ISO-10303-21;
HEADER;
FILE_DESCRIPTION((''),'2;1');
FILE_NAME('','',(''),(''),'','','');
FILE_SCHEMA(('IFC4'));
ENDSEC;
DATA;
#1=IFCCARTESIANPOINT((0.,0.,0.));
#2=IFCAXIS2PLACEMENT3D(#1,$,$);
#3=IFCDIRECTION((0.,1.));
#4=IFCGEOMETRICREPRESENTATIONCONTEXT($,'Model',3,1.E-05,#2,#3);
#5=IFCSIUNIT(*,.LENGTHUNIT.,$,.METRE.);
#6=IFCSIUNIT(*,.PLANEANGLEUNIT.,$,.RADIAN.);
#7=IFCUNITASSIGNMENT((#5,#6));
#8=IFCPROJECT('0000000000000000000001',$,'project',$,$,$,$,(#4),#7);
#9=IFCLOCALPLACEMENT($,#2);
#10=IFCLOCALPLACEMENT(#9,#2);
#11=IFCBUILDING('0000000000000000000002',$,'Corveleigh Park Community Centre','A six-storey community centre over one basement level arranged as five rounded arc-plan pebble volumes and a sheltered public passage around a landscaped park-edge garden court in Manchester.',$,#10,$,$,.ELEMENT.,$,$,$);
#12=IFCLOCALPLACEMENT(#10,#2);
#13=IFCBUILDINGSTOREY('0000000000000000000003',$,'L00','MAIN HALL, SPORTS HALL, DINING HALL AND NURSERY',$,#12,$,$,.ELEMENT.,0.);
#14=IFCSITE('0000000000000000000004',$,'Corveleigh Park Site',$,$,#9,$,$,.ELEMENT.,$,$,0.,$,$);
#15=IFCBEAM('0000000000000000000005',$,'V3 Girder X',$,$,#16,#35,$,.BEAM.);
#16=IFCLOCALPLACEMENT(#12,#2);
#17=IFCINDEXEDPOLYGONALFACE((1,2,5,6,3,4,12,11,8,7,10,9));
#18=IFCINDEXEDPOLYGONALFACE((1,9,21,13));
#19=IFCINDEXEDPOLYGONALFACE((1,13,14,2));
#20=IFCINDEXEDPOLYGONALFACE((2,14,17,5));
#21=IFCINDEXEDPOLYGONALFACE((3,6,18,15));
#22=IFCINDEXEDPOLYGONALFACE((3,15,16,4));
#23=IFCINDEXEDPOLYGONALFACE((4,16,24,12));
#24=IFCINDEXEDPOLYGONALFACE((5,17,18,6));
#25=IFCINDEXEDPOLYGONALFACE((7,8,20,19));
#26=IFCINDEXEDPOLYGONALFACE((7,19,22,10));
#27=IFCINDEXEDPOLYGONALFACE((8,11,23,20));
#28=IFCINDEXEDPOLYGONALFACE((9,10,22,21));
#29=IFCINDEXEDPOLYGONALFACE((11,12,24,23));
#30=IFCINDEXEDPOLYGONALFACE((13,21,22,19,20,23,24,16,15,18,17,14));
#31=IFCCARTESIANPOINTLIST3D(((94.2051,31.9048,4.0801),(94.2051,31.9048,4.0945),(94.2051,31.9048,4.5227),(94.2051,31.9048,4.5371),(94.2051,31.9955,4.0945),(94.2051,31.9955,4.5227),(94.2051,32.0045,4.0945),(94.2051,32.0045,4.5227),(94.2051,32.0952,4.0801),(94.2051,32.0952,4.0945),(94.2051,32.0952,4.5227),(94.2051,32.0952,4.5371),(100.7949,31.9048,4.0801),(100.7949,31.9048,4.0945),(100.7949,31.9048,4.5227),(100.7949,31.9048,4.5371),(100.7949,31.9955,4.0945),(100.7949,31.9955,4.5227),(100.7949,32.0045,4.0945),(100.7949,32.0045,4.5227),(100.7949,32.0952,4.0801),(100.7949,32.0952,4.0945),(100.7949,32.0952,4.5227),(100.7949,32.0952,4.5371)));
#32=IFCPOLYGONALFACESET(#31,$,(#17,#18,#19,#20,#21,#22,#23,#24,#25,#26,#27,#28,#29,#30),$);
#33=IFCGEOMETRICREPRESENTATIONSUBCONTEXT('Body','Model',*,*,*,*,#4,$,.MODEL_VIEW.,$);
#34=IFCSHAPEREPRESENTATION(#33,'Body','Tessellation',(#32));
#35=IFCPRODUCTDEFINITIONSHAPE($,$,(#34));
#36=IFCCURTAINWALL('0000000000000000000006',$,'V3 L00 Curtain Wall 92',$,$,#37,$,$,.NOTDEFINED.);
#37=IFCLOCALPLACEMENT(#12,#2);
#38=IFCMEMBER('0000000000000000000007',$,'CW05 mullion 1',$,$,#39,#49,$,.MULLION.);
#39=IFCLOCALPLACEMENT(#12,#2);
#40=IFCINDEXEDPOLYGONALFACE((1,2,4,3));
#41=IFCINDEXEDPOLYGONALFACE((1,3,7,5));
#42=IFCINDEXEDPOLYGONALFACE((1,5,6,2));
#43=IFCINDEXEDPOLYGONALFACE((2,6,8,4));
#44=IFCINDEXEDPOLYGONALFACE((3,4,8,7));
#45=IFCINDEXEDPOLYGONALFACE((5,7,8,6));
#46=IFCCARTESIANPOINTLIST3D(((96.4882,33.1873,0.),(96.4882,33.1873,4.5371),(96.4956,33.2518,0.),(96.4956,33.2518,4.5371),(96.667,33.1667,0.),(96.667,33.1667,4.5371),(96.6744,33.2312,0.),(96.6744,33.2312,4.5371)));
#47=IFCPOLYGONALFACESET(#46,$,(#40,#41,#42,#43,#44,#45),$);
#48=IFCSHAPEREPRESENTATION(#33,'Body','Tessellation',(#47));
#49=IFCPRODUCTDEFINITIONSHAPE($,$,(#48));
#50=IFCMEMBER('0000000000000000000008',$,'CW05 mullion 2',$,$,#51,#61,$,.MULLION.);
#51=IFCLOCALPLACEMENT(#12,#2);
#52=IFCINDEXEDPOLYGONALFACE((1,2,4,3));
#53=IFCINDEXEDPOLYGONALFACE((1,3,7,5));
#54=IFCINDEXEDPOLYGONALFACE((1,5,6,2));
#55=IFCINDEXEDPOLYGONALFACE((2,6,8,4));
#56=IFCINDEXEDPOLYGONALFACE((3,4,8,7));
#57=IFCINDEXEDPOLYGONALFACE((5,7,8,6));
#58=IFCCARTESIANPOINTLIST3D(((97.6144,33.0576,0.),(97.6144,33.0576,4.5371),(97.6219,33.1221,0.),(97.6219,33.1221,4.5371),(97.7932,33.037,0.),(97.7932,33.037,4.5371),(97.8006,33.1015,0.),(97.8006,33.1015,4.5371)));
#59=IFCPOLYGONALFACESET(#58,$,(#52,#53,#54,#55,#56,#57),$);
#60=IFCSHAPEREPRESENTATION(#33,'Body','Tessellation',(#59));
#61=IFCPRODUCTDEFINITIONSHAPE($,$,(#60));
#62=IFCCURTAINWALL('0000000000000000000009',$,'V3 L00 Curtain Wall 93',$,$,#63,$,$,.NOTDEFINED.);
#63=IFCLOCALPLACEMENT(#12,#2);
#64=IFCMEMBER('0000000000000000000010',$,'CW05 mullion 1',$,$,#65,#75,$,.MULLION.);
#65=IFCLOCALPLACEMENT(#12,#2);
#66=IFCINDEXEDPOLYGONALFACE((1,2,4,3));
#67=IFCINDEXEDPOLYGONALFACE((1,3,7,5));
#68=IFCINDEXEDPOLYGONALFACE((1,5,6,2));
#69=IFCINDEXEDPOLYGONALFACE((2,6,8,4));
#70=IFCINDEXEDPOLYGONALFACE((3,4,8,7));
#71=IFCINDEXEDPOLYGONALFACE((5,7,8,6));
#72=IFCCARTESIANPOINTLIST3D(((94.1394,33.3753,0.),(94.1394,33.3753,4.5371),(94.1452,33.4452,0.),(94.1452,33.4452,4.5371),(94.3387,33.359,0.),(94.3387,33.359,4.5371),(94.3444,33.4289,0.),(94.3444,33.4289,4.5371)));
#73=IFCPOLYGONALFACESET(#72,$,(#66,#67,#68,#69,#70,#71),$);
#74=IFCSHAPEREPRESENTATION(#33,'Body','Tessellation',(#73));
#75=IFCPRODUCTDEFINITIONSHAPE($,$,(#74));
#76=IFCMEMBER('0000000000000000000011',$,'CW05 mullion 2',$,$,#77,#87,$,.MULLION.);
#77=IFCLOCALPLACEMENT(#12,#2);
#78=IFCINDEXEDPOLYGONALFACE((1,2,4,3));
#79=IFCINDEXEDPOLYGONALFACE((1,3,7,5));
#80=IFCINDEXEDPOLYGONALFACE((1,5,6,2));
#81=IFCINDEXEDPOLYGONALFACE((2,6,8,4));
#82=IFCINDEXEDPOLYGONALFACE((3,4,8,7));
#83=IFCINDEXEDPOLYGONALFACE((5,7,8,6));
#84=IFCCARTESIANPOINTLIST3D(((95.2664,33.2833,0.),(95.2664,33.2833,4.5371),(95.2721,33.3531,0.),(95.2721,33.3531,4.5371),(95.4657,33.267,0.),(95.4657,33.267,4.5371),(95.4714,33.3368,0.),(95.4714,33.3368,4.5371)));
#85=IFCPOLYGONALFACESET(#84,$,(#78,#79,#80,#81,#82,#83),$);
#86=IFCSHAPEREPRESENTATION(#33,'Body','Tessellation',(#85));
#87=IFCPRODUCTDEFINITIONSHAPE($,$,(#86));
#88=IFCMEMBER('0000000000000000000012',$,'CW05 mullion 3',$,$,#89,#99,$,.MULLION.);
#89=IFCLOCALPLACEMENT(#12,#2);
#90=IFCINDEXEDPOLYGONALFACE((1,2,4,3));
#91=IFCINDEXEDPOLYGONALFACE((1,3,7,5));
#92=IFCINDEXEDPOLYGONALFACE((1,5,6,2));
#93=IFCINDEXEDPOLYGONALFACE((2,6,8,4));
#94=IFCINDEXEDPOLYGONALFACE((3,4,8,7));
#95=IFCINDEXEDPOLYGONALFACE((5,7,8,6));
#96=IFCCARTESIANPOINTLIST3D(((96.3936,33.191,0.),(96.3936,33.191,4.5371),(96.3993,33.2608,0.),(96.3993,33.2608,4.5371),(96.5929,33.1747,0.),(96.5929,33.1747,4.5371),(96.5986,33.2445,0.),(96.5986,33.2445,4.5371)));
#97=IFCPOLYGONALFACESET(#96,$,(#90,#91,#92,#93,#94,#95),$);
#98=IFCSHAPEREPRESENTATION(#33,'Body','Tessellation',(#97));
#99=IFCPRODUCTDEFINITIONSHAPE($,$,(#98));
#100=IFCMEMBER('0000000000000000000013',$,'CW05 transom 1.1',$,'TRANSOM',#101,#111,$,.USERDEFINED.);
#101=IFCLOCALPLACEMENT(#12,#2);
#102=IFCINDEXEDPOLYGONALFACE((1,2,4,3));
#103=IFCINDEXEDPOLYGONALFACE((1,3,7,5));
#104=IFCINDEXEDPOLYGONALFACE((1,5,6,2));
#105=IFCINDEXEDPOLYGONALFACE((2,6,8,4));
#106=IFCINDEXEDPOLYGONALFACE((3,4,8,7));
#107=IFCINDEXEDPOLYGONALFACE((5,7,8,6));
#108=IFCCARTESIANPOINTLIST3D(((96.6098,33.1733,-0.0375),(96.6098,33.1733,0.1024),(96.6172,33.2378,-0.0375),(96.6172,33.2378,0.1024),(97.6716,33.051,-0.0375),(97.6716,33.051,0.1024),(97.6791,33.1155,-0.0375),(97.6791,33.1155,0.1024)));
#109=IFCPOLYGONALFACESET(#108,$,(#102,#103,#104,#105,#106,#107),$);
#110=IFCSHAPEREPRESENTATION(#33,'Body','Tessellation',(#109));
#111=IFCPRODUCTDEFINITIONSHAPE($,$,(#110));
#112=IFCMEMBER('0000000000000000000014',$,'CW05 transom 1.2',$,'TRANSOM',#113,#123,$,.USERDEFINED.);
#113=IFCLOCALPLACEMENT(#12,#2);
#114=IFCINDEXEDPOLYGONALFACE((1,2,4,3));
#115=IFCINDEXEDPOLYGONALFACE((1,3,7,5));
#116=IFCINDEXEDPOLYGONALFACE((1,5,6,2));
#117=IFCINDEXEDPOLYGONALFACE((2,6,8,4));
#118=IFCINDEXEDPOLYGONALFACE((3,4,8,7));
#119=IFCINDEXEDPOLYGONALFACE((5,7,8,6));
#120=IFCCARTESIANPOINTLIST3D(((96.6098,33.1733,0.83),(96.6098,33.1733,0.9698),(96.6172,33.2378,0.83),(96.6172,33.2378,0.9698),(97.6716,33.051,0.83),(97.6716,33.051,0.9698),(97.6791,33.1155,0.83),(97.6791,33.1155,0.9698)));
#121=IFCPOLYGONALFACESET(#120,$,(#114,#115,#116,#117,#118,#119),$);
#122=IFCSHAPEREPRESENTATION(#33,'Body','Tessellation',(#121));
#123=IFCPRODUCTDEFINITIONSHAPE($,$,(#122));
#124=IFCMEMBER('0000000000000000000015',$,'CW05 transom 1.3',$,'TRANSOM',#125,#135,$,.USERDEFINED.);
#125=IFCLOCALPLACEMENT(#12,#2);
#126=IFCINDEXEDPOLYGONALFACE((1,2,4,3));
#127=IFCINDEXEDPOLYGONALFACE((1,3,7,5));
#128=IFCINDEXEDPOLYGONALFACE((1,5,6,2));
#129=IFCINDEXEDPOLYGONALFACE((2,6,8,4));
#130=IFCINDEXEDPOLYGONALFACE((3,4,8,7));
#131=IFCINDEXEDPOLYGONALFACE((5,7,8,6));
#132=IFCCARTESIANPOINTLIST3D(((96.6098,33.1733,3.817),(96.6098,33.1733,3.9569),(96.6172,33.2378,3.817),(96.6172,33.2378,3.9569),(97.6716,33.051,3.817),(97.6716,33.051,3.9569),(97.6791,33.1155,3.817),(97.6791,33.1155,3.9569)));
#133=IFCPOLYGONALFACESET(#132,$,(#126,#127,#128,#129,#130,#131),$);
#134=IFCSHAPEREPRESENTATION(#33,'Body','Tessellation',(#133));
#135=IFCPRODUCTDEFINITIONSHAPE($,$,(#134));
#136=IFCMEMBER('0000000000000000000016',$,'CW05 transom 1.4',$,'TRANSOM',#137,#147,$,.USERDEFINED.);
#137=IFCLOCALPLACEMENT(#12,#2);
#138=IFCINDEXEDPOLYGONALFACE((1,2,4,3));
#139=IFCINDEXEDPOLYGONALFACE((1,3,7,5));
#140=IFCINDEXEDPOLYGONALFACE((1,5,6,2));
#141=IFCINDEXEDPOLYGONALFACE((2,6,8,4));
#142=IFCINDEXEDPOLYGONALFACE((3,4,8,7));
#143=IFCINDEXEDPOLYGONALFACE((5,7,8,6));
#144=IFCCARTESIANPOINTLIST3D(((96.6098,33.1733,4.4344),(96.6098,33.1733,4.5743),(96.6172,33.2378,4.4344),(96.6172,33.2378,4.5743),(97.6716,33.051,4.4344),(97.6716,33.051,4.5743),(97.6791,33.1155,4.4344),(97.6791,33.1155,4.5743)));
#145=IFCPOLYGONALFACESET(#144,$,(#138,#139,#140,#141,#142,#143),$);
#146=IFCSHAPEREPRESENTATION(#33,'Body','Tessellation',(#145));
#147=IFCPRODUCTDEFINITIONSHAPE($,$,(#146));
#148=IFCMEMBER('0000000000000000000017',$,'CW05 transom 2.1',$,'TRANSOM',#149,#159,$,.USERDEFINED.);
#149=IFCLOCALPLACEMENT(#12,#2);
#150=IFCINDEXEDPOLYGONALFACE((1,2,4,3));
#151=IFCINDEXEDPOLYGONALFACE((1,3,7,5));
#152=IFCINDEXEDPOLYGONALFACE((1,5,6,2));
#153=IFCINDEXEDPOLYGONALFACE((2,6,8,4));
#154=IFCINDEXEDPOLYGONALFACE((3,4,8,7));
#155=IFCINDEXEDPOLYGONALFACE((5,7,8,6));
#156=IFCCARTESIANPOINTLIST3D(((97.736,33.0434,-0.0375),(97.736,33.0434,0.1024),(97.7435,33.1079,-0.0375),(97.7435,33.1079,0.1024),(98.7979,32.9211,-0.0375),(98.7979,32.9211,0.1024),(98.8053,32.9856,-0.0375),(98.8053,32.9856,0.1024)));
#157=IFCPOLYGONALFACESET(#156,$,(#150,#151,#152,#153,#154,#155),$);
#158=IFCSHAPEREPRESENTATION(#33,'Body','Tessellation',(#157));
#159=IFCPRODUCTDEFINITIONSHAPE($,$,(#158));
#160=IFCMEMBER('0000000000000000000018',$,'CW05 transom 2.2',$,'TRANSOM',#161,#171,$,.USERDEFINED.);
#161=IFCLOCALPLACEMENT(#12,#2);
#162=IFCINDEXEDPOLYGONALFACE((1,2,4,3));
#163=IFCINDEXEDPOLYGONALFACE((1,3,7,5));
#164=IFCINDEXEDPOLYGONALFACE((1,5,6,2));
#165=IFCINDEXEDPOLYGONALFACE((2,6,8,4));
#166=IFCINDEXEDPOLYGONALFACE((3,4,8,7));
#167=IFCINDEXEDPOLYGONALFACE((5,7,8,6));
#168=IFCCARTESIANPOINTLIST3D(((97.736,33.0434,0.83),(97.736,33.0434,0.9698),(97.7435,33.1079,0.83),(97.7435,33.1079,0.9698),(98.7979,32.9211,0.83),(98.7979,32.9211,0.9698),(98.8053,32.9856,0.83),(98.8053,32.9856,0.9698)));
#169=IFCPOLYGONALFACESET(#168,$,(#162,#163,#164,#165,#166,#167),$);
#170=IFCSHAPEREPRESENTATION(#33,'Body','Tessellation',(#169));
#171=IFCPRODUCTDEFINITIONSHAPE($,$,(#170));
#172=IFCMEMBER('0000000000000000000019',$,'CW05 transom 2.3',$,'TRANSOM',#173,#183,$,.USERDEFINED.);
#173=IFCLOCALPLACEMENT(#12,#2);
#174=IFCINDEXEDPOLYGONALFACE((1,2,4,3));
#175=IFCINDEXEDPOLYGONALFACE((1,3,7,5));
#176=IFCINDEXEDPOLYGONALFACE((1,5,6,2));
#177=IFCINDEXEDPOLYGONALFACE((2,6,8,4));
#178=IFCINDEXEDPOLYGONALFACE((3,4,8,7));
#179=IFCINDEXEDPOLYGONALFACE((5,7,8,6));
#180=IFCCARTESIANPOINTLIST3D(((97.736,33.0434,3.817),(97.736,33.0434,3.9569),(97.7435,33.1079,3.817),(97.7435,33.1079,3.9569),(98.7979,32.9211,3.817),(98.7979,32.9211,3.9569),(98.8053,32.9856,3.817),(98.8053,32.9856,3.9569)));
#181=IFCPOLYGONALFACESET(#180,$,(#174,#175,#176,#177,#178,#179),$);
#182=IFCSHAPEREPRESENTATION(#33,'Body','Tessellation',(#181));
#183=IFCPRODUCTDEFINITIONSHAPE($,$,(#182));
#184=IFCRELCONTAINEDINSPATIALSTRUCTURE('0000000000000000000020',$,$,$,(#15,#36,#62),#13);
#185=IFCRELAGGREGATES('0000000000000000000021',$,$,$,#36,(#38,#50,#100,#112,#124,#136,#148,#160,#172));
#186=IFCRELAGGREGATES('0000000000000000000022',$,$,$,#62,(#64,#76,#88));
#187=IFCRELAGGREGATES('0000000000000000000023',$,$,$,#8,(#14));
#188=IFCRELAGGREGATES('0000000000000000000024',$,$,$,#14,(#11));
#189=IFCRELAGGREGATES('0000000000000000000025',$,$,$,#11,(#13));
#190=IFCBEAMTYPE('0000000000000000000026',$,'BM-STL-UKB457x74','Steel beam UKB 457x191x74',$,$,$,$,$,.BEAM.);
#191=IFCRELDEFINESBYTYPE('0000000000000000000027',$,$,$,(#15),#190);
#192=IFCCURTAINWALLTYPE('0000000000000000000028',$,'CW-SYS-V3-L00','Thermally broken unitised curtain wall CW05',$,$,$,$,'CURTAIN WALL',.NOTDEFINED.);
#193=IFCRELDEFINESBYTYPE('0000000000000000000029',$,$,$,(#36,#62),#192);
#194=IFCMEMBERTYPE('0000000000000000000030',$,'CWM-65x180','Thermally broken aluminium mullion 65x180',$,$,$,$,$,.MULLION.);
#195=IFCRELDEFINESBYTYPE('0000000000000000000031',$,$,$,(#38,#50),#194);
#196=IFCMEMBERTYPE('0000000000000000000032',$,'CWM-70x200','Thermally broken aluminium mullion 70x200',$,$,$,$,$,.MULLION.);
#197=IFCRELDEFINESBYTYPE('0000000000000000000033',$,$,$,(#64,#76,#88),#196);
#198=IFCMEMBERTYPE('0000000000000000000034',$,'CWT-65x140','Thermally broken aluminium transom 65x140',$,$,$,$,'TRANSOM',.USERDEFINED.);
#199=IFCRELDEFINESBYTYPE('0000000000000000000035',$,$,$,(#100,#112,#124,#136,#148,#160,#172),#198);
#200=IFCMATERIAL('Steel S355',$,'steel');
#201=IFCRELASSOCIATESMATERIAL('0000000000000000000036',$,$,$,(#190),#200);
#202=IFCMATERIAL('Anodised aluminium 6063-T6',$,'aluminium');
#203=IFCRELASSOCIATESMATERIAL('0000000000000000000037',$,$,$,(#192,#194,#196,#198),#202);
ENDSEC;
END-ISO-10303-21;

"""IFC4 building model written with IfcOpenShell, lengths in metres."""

from ifc_helpers import new_model, si_unit, direction, frame, origin, origin_2d, place, context, subcontext, project, spatial, rectangle, i_section, extrude, material, material_profile, profile_set, type_object, element, aggregate, save


model = new_model("IFC4")

# Units and contexts
model_context = context("Model", 3, precision=1e-05, world=origin(), true_north=direction((0.0, 1.0)))
body_context = subcontext(model_context, "Body", "Model", "MODEL_VIEW")
ifc_project = project(units=[si_unit("LENGTHUNIT", "METRE"), si_unit("PLANEANGLEUNIT", "RADIAN")], contexts=[model_context])

# Site, building, storey
site_placement = place(None, origin())
site = spatial("IfcSite", under=ifc_project, at=site_placement, Name="Corveleigh Park Site", CompositionType="ELEMENT", RefElevation=0.0)
building_placement = place(site_placement, origin())
building = spatial("IfcBuilding", under=site, at=building_placement, Name="Corveleigh Park Community Centre", Description="A six-storey community centre over one basement level arranged as five rounded arc-plan pebble volumes and a sheltered public passage around a landscaped park-edge garden court in Manchester.", CompositionType="ELEMENT")
storey_placement = place(building_placement, origin())
storey = spatial("IfcBuildingStorey", under=building, at=storey_placement, Name="L00", Description="MAIN HALL, SPORTS HALL, DINING HALL AND NURSERY", CompositionType="ELEMENT", Elevation=0.0)

# Beam
ifc_material_1 = material(Name="Steel S355", Category="steel")
ifc_material_profile_1 = material_profile(ifc_material_1, i_section(OverallWidth=0.1904, OverallDepth=0.457, WebThickness=0.009, FlangeThickness=0.0144, at=origin_2d()), Name="UKB 457x191x74", Category="steel")
ifc_profile_set_1 = profile_set([ifc_material_profile_1], Name="Steel S355")
beam_type = type_object("IfcBeamType", Name="BM-STL-UKB457x74", Description="Steel beam UKB 457x191x74", PredefinedType="BEAM", material=ifc_profile_set_1)
beam_placement = place(storey_placement, frame((94.2051, 32.0, 4.3086), z_axis=(1.0, 0.0, 0.0), x_axis=(0.0, 1.0, 0.0)))
element("IfcBeam", 1, at=beam_placement, inside=storey, type_object=beam_type, Name="V3 Girder X", PredefinedType="BEAM", context=body_context, shape_type="SweptSolid", body=[
    extrude(i_section(OverallWidth=0.1904, OverallDepth=0.457, WebThickness=0.009, FlangeThickness=0.0144, at=origin_2d()), origin(), (0.0, 0.0, 1.0), 6.5898),
])

# Curtain walls, members
ifc_material_2 = material(Name="Anodised aluminium 6063-T6", Category="aluminium")
curtain_wall_type = type_object("IfcCurtainWallType", Name="CW-SYS-V3-L00", Description="Thermally broken unitised curtain wall CW05", ElementType="CURTAIN WALL", PredefinedType="NOTDEFINED", material=ifc_material_2)
curtain_wall_1_placement = place(storey_placement, origin())
curtain_wall_1 = element("IfcCurtainWall", 2, at=curtain_wall_1_placement, inside=storey, type_object=curtain_wall_type, Name="V3 L00 Curtain Wall 92", PredefinedType="NOTDEFINED")
ifc_material_profile_2 = material_profile(ifc_material_2, rectangle(XDim=0.0649, YDim=0.1799, at=origin_2d()), Name="ALU-M65x180", Category="aluminium")
ifc_profile_set_2 = profile_set([ifc_material_profile_2], Name="Anodised aluminium 6063-T6")
member_type_1 = type_object("IfcMemberType", Name="CWM-65x180", Description="Thermally broken aluminium mullion 65x180", PredefinedType="MULLION", material=ifc_profile_set_2)
member_1_placement = place(storey_placement, frame((96.5813, 33.2092, 0.0), z_axis=(0.0, 0.0, 1.0), x_axis=(0.114478, 0.993426, 0.0)))
member_1 = element("IfcMember", 3, at=member_1_placement, type_object=member_type_1, Name="CW05 mullion 1", PredefinedType="MULLION", context=body_context, shape_type="SweptSolid", body=[
    extrude(rectangle(XDim=0.0649, YDim=0.1799, at=origin_2d()), origin(), (0.0, 0.0, 1.0), 4.5371),
])
member_2_placement = place(storey_placement, frame((97.7075, 33.0796, 0.0), z_axis=(0.0, 0.0, 1.0), x_axis=(0.114478, 0.993426, 0.0)))
member_2 = element("IfcMember", 4, at=member_2_placement, type_object=member_type_1, Name="CW05 mullion 2", PredefinedType="MULLION", context=body_context, shape_type="SweptSolid", body=[
    extrude(rectangle(XDim=0.0649, YDim=0.1799, at=origin_2d()), origin(), (0.0, 0.0, 1.0), 4.5371),
])
curtain_wall_2_placement = place(storey_placement, origin())
curtain_wall_2 = element("IfcCurtainWall", 5, at=curtain_wall_2_placement, inside=storey, type_object=curtain_wall_type, Name="V3 L00 Curtain Wall 93", PredefinedType="NOTDEFINED")
ifc_material_profile_3 = material_profile(ifc_material_2, rectangle(XDim=0.0701, YDim=0.2, at=origin_2d()), Name="ALU-M70x200", Category="aluminium")
ifc_profile_set_3 = profile_set([ifc_material_profile_3], Name="Anodised aluminium 6063-T6")
member_type_2 = type_object("IfcMemberType", Name="CWM-70x200", Description="Thermally broken aluminium mullion 70x200", PredefinedType="MULLION", material=ifc_profile_set_3)
member_3_placement = place(storey_placement, frame((94.2419, 33.4021, 0.0), z_axis=(0.0, 0.0, 1.0), x_axis=(0.081484, 0.996675, 0.0)))
member_3 = element("IfcMember", 6, at=member_3_placement, type_object=member_type_2, Name="CW05 mullion 1", PredefinedType="MULLION", context=body_context, shape_type="SweptSolid", body=[
    extrude(rectangle(XDim=0.0701, YDim=0.2, at=origin_2d()), origin(), (0.0, 0.0, 1.0), 4.5371),
])
member_4_placement = place(storey_placement, frame((95.3689, 33.3101, 0.0), z_axis=(0.0, 0.0, 1.0), x_axis=(0.081484, 0.996675, 0.0)))
member_4 = element("IfcMember", 7, at=member_4_placement, type_object=member_type_2, Name="CW05 mullion 2", PredefinedType="MULLION", context=body_context, shape_type="SweptSolid", body=[
    extrude(rectangle(XDim=0.0701, YDim=0.2, at=origin_2d()), origin(), (0.0, 0.0, 1.0), 4.5371),
])
member_5_placement = place(storey_placement, frame((96.4961, 33.2178, 0.0), z_axis=(0.0, 0.0, 1.0), x_axis=(0.081484, 0.996675, 0.0)))
member_5 = element("IfcMember", 8, at=member_5_placement, type_object=member_type_2, Name="CW05 mullion 3", PredefinedType="MULLION", context=body_context, shape_type="SweptSolid", body=[
    extrude(rectangle(XDim=0.0701, YDim=0.2, at=origin_2d()), origin(), (0.0, 0.0, 1.0), 4.5371),
])

# Members
ifc_material_profile_4 = material_profile(ifc_material_2, rectangle(XDim=0.0649, YDim=0.1399, at=origin_2d()), Name="ALU-T65x140", Category="aluminium")
ifc_profile_set_4 = profile_set([ifc_material_profile_4], Name="Anodised aluminium 6063-T6")
member_type_3 = type_object("IfcMemberType", Name="CWT-65x140", Description="Thermally broken aluminium transom 65x140", ElementType="TRANSOM", PredefinedType="USERDEFINED", material=ifc_profile_set_4)
member_6_placement = place(storey_placement, frame((96.6135, 33.2056, 0.0325), z_axis=(0.99343, -0.114442, 0.0), x_axis=(0.114442, 0.99343, 0.0)))
member_6 = element("IfcMember", 9, at=member_6_placement, type_object=member_type_3, Name="CW05 transom 1.1", ObjectType="TRANSOM", PredefinedType="USERDEFINED", context=body_context, shape_type="SweptSolid", body=[
    extrude(rectangle(XDim=0.0649, YDim=0.1399, at=origin_2d()), origin(), (0.0, 0.0, 1.0), 1.0688),
])
member_7_placement = place(storey_placement, frame((96.6135, 33.2056, 0.8999), z_axis=(0.99343, -0.114442, 0.0), x_axis=(0.114442, 0.99343, 0.0)))
member_7 = element("IfcMember", 10, at=member_7_placement, type_object=member_type_3, Name="CW05 transom 1.2", ObjectType="TRANSOM", PredefinedType="USERDEFINED", context=body_context, shape_type="SweptSolid", body=[
    extrude(rectangle(XDim=0.0649, YDim=0.1399, at=origin_2d()), origin(), (0.0, 0.0, 1.0), 1.0688),
])
member_8_placement = place(storey_placement, frame((96.6135, 33.2056, 3.887), z_axis=(0.99343, -0.114442, 0.0), x_axis=(0.114442, 0.99343, 0.0)))
member_8 = element("IfcMember", 11, at=member_8_placement, type_object=member_type_3, Name="CW05 transom 1.3", ObjectType="TRANSOM", PredefinedType="USERDEFINED", context=body_context, shape_type="SweptSolid", body=[
    extrude(rectangle(XDim=0.0649, YDim=0.1399, at=origin_2d()), origin(), (0.0, 0.0, 1.0), 1.0688),
])
member_9_placement = place(storey_placement, frame((96.6135, 33.2056, 4.5044), z_axis=(0.99343, -0.114442, 0.0), x_axis=(0.114442, 0.99343, 0.0)))
member_9 = element("IfcMember", 12, at=member_9_placement, type_object=member_type_3, Name="CW05 transom 1.4", ObjectType="TRANSOM", PredefinedType="USERDEFINED", context=body_context, shape_type="SweptSolid", body=[
    extrude(rectangle(XDim=0.0649, YDim=0.1399, at=origin_2d()), origin(), (0.0, 0.0, 1.0), 1.0688),
])
member_10_placement = place(storey_placement, frame((97.7397, 33.0757, 0.0325), z_axis=(0.99343, -0.114442, 0.0), x_axis=(0.114442, 0.99343, 0.0)))
member_10 = element("IfcMember", 13, at=member_10_placement, type_object=member_type_3, Name="CW05 transom 2.1", ObjectType="TRANSOM", PredefinedType="USERDEFINED", context=body_context, shape_type="SweptSolid", body=[
    extrude(rectangle(XDim=0.0649, YDim=0.1399, at=origin_2d()), origin(), (0.0, 0.0, 1.0), 1.0688),
])
member_11_placement = place(storey_placement, frame((97.7397, 33.0757, 0.8999), z_axis=(0.99343, -0.114442, 0.0), x_axis=(0.114442, 0.99343, 0.0)))
member_11 = element("IfcMember", 14, at=member_11_placement, type_object=member_type_3, Name="CW05 transom 2.2", ObjectType="TRANSOM", PredefinedType="USERDEFINED", context=body_context, shape_type="SweptSolid", body=[
    extrude(rectangle(XDim=0.0649, YDim=0.1399, at=origin_2d()), origin(), (0.0, 0.0, 1.0), 1.0688),
])
member_12_placement = place(storey_placement, frame((97.7397, 33.0757, 3.887), z_axis=(0.99343, -0.114442, 0.0), x_axis=(0.114442, 0.99343, 0.0)))
member_12 = element("IfcMember", 15, at=member_12_placement, type_object=member_type_3, Name="CW05 transom 2.3", ObjectType="TRANSOM", PredefinedType="USERDEFINED", context=body_context, shape_type="SweptSolid", body=[
    extrude(rectangle(XDim=0.0649, YDim=0.1399, at=origin_2d()), origin(), (0.0, 0.0, 1.0), 1.0688),
])

aggregate(curtain_wall_1, [member_1, member_2, member_6, member_7, member_8, member_9, member_10, member_11, member_12])
aggregate(curtain_wall_2, [member_3, member_4, member_5])

save(model, "model.ifc")
